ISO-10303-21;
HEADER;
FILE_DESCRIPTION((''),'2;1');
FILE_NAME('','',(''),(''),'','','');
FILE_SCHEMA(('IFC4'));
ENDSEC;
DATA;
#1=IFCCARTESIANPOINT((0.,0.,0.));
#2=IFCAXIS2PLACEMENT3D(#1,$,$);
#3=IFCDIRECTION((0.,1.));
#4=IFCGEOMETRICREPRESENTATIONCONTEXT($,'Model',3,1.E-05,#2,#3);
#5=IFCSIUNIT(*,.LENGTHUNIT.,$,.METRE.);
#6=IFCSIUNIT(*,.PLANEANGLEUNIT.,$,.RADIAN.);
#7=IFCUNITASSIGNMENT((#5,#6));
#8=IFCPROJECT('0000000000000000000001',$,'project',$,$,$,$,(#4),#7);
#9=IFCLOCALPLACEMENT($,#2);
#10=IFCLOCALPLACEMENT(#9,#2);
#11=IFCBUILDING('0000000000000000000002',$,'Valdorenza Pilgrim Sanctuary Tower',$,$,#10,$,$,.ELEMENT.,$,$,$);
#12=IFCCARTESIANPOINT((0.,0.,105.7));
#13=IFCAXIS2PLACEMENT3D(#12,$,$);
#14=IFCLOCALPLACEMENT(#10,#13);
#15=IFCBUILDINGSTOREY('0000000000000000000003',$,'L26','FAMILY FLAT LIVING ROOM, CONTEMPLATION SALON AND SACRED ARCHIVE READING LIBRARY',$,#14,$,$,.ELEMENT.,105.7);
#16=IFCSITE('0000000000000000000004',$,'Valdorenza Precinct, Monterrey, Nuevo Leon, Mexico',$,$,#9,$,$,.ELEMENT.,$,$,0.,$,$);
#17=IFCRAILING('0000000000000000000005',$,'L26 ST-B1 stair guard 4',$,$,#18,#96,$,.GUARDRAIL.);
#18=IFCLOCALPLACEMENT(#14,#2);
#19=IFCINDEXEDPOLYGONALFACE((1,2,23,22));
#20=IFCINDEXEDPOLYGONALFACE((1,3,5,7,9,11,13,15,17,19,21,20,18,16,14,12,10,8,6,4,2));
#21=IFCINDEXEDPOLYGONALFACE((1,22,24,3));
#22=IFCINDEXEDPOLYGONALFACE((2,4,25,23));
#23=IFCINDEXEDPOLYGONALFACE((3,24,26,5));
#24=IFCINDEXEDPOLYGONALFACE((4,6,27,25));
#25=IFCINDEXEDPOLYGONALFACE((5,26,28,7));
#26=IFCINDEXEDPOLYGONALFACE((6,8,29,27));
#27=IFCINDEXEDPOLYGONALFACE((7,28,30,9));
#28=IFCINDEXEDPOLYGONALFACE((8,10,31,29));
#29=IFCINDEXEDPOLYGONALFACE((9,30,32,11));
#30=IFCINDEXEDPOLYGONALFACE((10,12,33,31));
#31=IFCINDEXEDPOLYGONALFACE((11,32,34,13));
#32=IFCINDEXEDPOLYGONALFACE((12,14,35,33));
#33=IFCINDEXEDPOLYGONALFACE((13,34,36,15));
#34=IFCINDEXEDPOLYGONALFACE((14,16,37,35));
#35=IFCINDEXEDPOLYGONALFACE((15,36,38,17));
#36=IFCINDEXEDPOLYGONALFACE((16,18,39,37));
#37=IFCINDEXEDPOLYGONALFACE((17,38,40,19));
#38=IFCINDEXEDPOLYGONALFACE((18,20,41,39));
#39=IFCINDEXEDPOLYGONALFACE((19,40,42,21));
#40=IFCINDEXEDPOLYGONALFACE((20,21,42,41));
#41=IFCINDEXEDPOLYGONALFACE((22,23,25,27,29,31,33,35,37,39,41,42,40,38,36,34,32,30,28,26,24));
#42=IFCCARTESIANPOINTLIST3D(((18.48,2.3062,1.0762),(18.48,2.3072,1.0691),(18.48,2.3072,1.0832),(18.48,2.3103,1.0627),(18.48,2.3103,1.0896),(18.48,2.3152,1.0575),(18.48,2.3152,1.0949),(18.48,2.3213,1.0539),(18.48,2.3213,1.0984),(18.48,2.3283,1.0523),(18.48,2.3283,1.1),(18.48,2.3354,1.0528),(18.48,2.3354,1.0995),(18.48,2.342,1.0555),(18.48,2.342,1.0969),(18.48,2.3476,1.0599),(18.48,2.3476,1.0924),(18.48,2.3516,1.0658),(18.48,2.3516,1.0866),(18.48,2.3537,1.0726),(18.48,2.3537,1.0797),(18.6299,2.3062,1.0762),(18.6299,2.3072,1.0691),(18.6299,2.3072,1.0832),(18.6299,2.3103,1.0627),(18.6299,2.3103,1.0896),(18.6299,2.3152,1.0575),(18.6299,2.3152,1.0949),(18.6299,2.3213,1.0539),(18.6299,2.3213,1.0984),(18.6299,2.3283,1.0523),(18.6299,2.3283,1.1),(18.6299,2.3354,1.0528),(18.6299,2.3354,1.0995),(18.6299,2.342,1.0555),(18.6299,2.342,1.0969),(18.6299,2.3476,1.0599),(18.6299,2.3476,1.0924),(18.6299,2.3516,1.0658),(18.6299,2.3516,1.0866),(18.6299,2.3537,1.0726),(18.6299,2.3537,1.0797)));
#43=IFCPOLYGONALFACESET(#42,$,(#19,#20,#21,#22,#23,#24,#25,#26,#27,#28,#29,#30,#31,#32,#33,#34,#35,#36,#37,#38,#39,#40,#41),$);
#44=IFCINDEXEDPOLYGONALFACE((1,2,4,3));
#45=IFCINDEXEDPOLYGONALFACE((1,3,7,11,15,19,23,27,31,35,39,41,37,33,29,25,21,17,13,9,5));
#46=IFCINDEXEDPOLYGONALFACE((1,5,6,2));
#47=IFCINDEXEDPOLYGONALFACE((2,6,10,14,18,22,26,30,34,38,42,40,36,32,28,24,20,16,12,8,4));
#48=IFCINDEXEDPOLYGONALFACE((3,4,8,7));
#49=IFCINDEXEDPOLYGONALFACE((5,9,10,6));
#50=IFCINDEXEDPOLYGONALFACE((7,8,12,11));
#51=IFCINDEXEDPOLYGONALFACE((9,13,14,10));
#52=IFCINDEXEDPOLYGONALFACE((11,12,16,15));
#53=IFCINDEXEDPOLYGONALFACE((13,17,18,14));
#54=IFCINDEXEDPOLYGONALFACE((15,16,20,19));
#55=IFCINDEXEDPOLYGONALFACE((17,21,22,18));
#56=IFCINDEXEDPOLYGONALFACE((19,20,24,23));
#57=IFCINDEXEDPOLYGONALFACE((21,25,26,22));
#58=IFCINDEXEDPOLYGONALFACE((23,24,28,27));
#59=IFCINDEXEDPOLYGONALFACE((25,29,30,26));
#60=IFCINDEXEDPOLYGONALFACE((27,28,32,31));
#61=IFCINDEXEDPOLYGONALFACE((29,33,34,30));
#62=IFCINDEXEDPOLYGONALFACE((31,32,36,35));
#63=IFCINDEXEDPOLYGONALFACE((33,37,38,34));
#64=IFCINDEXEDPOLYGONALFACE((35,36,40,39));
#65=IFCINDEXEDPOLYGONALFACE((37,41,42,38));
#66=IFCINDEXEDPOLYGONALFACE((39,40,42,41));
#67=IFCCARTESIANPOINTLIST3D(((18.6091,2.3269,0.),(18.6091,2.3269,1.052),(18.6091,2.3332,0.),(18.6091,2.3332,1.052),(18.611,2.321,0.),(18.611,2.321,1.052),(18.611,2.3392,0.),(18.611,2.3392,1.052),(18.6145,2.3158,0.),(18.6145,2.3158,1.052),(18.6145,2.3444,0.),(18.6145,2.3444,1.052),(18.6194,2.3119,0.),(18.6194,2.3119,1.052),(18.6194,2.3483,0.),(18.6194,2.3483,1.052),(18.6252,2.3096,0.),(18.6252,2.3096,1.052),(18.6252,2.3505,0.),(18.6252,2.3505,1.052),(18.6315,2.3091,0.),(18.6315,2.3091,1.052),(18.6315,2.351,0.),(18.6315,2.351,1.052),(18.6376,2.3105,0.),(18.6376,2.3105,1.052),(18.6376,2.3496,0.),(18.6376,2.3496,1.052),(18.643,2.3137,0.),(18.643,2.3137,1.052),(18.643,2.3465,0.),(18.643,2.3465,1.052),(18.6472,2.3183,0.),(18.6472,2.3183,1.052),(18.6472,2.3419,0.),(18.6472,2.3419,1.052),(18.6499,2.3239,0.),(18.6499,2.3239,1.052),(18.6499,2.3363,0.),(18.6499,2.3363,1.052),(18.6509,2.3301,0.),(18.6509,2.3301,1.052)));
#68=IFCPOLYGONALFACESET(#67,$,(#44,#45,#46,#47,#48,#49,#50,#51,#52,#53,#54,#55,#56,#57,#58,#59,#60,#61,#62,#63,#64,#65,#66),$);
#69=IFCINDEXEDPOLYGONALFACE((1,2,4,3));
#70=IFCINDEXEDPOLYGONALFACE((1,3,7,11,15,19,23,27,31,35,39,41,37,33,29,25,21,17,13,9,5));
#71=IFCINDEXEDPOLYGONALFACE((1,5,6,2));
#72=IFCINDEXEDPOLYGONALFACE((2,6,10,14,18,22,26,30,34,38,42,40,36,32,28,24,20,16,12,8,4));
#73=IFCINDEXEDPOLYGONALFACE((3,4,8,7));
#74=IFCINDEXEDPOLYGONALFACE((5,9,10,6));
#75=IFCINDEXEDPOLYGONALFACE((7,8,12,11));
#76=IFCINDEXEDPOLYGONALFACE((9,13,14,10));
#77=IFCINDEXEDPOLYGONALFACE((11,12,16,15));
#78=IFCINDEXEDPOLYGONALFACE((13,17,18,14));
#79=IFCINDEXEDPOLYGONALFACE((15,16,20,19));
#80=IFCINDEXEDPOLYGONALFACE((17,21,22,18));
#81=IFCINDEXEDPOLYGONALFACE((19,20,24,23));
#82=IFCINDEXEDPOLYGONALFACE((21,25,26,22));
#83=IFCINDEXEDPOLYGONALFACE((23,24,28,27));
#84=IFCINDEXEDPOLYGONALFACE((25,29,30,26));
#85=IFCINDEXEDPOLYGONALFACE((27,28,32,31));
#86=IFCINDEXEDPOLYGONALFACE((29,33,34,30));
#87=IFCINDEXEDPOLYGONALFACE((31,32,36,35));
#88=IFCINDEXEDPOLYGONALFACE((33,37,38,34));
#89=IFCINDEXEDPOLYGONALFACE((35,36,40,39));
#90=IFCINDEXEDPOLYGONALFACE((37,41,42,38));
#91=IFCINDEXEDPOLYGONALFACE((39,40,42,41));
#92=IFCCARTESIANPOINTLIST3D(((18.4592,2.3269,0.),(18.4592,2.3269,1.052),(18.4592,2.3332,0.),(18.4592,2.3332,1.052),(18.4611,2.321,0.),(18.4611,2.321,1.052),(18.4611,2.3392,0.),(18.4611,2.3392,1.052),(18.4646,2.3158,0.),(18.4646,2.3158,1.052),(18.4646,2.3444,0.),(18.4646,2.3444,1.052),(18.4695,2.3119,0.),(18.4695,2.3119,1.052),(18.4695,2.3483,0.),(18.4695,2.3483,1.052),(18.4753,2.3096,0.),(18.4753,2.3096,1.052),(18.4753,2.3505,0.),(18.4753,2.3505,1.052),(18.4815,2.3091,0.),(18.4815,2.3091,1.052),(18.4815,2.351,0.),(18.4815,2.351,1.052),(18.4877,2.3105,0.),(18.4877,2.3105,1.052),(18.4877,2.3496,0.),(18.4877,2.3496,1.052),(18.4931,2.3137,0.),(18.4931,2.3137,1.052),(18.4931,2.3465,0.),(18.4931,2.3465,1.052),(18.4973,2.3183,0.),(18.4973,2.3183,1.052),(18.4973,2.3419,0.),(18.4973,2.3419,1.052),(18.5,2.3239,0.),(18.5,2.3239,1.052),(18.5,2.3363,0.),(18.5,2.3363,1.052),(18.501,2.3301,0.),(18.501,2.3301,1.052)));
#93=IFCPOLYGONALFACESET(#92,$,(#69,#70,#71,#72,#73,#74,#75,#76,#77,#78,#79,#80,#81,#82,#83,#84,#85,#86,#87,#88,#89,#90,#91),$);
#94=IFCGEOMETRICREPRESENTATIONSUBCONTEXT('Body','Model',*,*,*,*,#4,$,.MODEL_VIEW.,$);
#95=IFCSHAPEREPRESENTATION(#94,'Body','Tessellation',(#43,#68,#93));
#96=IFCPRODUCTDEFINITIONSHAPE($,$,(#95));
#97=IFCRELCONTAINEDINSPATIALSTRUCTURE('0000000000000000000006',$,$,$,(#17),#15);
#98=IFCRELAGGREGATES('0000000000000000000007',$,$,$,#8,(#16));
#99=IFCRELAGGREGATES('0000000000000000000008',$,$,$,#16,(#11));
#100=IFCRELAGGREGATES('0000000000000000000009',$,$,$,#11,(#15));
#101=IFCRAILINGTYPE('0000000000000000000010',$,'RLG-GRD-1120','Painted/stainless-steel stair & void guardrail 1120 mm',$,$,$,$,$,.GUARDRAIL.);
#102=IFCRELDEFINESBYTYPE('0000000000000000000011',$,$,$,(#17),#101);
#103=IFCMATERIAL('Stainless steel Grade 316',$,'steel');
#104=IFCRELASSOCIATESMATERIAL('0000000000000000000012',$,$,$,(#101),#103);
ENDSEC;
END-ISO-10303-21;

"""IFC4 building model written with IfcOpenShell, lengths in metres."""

from ifc_helpers import new_model, si_unit, direction, frame, origin, origin_2d, place, context, subcontext, project, spatial, circle, extrude, material, type_object, element, save


model = new_model("IFC4")

# Units and contexts
model_context = context("Model", 3, precision=1e-05, world=origin(), true_north=direction((0.0, 1.0)))
body_context = subcontext(model_context, "Body", "Model", "MODEL_VIEW")
ifc_project = project(units=[si_unit("LENGTHUNIT", "METRE"), si_unit("PLANEANGLEUNIT", "RADIAN")], contexts=[model_context])

# Site, building, storey
site_placement = place(None, origin())
site = spatial("IfcSite", under=ifc_project, at=site_placement, Name="Valdorenza Precinct, Monterrey, Nuevo Leon, Mexico", CompositionType="ELEMENT", RefElevation=0.0)
building_placement = place(site_placement, origin())
building = spatial("IfcBuilding", under=site, at=building_placement, Name="Valdorenza Pilgrim Sanctuary Tower", CompositionType="ELEMENT")
storey_placement = place(building_placement, frame((0.0, 0.0, 105.7)))
storey = spatial("IfcBuildingStorey", under=building, at=storey_placement, Name="L26", Description="FAMILY FLAT LIVING ROOM, CONTEMPLATION SALON AND SACRED ARCHIVE READING LIBRARY", CompositionType="ELEMENT", Elevation=105.7)

# Railing
ifc_material_1 = material(Name="Stainless steel Grade 316", Category="steel")
railing_type_1 = type_object("IfcRailingType", Name="RLG-GRD-1120", Description="Painted/stainless-steel stair & void guardrail 1120 mm", PredefinedType="GUARDRAIL", material=ifc_material_1)
railing_1_placement = place(storey_placement, frame((18.6299, 2.3301, 0.0)))
element("IfcRailing", 1, at=railing_1_placement, inside=storey, type_object=railing_type_1, Name="L26 ST-B1 stair guard 4", PredefinedType="GUARDRAIL", context=body_context, shape_type="SweptSolid", body=[
    extrude(circle(Radius=0.0239, at=origin_2d()), frame((0.0, 0.0, 1.0762), z_axis=(-1.0, 0.0, 0.0), x_axis=(0.0, -1.0, 0.0)), (0.0, 0.0, 1.0), 0.1499),
    extrude(circle(Radius=0.021, at=origin_2d()), origin(), (0.0, 0.0, 1.0), 1.052),
    extrude(circle(Radius=0.021, at=origin_2d()), frame((-0.1499, 0.0, 0.0)), (0.0, 0.0, 1.0), 1.052),
])

save(model, "model.ifc")
